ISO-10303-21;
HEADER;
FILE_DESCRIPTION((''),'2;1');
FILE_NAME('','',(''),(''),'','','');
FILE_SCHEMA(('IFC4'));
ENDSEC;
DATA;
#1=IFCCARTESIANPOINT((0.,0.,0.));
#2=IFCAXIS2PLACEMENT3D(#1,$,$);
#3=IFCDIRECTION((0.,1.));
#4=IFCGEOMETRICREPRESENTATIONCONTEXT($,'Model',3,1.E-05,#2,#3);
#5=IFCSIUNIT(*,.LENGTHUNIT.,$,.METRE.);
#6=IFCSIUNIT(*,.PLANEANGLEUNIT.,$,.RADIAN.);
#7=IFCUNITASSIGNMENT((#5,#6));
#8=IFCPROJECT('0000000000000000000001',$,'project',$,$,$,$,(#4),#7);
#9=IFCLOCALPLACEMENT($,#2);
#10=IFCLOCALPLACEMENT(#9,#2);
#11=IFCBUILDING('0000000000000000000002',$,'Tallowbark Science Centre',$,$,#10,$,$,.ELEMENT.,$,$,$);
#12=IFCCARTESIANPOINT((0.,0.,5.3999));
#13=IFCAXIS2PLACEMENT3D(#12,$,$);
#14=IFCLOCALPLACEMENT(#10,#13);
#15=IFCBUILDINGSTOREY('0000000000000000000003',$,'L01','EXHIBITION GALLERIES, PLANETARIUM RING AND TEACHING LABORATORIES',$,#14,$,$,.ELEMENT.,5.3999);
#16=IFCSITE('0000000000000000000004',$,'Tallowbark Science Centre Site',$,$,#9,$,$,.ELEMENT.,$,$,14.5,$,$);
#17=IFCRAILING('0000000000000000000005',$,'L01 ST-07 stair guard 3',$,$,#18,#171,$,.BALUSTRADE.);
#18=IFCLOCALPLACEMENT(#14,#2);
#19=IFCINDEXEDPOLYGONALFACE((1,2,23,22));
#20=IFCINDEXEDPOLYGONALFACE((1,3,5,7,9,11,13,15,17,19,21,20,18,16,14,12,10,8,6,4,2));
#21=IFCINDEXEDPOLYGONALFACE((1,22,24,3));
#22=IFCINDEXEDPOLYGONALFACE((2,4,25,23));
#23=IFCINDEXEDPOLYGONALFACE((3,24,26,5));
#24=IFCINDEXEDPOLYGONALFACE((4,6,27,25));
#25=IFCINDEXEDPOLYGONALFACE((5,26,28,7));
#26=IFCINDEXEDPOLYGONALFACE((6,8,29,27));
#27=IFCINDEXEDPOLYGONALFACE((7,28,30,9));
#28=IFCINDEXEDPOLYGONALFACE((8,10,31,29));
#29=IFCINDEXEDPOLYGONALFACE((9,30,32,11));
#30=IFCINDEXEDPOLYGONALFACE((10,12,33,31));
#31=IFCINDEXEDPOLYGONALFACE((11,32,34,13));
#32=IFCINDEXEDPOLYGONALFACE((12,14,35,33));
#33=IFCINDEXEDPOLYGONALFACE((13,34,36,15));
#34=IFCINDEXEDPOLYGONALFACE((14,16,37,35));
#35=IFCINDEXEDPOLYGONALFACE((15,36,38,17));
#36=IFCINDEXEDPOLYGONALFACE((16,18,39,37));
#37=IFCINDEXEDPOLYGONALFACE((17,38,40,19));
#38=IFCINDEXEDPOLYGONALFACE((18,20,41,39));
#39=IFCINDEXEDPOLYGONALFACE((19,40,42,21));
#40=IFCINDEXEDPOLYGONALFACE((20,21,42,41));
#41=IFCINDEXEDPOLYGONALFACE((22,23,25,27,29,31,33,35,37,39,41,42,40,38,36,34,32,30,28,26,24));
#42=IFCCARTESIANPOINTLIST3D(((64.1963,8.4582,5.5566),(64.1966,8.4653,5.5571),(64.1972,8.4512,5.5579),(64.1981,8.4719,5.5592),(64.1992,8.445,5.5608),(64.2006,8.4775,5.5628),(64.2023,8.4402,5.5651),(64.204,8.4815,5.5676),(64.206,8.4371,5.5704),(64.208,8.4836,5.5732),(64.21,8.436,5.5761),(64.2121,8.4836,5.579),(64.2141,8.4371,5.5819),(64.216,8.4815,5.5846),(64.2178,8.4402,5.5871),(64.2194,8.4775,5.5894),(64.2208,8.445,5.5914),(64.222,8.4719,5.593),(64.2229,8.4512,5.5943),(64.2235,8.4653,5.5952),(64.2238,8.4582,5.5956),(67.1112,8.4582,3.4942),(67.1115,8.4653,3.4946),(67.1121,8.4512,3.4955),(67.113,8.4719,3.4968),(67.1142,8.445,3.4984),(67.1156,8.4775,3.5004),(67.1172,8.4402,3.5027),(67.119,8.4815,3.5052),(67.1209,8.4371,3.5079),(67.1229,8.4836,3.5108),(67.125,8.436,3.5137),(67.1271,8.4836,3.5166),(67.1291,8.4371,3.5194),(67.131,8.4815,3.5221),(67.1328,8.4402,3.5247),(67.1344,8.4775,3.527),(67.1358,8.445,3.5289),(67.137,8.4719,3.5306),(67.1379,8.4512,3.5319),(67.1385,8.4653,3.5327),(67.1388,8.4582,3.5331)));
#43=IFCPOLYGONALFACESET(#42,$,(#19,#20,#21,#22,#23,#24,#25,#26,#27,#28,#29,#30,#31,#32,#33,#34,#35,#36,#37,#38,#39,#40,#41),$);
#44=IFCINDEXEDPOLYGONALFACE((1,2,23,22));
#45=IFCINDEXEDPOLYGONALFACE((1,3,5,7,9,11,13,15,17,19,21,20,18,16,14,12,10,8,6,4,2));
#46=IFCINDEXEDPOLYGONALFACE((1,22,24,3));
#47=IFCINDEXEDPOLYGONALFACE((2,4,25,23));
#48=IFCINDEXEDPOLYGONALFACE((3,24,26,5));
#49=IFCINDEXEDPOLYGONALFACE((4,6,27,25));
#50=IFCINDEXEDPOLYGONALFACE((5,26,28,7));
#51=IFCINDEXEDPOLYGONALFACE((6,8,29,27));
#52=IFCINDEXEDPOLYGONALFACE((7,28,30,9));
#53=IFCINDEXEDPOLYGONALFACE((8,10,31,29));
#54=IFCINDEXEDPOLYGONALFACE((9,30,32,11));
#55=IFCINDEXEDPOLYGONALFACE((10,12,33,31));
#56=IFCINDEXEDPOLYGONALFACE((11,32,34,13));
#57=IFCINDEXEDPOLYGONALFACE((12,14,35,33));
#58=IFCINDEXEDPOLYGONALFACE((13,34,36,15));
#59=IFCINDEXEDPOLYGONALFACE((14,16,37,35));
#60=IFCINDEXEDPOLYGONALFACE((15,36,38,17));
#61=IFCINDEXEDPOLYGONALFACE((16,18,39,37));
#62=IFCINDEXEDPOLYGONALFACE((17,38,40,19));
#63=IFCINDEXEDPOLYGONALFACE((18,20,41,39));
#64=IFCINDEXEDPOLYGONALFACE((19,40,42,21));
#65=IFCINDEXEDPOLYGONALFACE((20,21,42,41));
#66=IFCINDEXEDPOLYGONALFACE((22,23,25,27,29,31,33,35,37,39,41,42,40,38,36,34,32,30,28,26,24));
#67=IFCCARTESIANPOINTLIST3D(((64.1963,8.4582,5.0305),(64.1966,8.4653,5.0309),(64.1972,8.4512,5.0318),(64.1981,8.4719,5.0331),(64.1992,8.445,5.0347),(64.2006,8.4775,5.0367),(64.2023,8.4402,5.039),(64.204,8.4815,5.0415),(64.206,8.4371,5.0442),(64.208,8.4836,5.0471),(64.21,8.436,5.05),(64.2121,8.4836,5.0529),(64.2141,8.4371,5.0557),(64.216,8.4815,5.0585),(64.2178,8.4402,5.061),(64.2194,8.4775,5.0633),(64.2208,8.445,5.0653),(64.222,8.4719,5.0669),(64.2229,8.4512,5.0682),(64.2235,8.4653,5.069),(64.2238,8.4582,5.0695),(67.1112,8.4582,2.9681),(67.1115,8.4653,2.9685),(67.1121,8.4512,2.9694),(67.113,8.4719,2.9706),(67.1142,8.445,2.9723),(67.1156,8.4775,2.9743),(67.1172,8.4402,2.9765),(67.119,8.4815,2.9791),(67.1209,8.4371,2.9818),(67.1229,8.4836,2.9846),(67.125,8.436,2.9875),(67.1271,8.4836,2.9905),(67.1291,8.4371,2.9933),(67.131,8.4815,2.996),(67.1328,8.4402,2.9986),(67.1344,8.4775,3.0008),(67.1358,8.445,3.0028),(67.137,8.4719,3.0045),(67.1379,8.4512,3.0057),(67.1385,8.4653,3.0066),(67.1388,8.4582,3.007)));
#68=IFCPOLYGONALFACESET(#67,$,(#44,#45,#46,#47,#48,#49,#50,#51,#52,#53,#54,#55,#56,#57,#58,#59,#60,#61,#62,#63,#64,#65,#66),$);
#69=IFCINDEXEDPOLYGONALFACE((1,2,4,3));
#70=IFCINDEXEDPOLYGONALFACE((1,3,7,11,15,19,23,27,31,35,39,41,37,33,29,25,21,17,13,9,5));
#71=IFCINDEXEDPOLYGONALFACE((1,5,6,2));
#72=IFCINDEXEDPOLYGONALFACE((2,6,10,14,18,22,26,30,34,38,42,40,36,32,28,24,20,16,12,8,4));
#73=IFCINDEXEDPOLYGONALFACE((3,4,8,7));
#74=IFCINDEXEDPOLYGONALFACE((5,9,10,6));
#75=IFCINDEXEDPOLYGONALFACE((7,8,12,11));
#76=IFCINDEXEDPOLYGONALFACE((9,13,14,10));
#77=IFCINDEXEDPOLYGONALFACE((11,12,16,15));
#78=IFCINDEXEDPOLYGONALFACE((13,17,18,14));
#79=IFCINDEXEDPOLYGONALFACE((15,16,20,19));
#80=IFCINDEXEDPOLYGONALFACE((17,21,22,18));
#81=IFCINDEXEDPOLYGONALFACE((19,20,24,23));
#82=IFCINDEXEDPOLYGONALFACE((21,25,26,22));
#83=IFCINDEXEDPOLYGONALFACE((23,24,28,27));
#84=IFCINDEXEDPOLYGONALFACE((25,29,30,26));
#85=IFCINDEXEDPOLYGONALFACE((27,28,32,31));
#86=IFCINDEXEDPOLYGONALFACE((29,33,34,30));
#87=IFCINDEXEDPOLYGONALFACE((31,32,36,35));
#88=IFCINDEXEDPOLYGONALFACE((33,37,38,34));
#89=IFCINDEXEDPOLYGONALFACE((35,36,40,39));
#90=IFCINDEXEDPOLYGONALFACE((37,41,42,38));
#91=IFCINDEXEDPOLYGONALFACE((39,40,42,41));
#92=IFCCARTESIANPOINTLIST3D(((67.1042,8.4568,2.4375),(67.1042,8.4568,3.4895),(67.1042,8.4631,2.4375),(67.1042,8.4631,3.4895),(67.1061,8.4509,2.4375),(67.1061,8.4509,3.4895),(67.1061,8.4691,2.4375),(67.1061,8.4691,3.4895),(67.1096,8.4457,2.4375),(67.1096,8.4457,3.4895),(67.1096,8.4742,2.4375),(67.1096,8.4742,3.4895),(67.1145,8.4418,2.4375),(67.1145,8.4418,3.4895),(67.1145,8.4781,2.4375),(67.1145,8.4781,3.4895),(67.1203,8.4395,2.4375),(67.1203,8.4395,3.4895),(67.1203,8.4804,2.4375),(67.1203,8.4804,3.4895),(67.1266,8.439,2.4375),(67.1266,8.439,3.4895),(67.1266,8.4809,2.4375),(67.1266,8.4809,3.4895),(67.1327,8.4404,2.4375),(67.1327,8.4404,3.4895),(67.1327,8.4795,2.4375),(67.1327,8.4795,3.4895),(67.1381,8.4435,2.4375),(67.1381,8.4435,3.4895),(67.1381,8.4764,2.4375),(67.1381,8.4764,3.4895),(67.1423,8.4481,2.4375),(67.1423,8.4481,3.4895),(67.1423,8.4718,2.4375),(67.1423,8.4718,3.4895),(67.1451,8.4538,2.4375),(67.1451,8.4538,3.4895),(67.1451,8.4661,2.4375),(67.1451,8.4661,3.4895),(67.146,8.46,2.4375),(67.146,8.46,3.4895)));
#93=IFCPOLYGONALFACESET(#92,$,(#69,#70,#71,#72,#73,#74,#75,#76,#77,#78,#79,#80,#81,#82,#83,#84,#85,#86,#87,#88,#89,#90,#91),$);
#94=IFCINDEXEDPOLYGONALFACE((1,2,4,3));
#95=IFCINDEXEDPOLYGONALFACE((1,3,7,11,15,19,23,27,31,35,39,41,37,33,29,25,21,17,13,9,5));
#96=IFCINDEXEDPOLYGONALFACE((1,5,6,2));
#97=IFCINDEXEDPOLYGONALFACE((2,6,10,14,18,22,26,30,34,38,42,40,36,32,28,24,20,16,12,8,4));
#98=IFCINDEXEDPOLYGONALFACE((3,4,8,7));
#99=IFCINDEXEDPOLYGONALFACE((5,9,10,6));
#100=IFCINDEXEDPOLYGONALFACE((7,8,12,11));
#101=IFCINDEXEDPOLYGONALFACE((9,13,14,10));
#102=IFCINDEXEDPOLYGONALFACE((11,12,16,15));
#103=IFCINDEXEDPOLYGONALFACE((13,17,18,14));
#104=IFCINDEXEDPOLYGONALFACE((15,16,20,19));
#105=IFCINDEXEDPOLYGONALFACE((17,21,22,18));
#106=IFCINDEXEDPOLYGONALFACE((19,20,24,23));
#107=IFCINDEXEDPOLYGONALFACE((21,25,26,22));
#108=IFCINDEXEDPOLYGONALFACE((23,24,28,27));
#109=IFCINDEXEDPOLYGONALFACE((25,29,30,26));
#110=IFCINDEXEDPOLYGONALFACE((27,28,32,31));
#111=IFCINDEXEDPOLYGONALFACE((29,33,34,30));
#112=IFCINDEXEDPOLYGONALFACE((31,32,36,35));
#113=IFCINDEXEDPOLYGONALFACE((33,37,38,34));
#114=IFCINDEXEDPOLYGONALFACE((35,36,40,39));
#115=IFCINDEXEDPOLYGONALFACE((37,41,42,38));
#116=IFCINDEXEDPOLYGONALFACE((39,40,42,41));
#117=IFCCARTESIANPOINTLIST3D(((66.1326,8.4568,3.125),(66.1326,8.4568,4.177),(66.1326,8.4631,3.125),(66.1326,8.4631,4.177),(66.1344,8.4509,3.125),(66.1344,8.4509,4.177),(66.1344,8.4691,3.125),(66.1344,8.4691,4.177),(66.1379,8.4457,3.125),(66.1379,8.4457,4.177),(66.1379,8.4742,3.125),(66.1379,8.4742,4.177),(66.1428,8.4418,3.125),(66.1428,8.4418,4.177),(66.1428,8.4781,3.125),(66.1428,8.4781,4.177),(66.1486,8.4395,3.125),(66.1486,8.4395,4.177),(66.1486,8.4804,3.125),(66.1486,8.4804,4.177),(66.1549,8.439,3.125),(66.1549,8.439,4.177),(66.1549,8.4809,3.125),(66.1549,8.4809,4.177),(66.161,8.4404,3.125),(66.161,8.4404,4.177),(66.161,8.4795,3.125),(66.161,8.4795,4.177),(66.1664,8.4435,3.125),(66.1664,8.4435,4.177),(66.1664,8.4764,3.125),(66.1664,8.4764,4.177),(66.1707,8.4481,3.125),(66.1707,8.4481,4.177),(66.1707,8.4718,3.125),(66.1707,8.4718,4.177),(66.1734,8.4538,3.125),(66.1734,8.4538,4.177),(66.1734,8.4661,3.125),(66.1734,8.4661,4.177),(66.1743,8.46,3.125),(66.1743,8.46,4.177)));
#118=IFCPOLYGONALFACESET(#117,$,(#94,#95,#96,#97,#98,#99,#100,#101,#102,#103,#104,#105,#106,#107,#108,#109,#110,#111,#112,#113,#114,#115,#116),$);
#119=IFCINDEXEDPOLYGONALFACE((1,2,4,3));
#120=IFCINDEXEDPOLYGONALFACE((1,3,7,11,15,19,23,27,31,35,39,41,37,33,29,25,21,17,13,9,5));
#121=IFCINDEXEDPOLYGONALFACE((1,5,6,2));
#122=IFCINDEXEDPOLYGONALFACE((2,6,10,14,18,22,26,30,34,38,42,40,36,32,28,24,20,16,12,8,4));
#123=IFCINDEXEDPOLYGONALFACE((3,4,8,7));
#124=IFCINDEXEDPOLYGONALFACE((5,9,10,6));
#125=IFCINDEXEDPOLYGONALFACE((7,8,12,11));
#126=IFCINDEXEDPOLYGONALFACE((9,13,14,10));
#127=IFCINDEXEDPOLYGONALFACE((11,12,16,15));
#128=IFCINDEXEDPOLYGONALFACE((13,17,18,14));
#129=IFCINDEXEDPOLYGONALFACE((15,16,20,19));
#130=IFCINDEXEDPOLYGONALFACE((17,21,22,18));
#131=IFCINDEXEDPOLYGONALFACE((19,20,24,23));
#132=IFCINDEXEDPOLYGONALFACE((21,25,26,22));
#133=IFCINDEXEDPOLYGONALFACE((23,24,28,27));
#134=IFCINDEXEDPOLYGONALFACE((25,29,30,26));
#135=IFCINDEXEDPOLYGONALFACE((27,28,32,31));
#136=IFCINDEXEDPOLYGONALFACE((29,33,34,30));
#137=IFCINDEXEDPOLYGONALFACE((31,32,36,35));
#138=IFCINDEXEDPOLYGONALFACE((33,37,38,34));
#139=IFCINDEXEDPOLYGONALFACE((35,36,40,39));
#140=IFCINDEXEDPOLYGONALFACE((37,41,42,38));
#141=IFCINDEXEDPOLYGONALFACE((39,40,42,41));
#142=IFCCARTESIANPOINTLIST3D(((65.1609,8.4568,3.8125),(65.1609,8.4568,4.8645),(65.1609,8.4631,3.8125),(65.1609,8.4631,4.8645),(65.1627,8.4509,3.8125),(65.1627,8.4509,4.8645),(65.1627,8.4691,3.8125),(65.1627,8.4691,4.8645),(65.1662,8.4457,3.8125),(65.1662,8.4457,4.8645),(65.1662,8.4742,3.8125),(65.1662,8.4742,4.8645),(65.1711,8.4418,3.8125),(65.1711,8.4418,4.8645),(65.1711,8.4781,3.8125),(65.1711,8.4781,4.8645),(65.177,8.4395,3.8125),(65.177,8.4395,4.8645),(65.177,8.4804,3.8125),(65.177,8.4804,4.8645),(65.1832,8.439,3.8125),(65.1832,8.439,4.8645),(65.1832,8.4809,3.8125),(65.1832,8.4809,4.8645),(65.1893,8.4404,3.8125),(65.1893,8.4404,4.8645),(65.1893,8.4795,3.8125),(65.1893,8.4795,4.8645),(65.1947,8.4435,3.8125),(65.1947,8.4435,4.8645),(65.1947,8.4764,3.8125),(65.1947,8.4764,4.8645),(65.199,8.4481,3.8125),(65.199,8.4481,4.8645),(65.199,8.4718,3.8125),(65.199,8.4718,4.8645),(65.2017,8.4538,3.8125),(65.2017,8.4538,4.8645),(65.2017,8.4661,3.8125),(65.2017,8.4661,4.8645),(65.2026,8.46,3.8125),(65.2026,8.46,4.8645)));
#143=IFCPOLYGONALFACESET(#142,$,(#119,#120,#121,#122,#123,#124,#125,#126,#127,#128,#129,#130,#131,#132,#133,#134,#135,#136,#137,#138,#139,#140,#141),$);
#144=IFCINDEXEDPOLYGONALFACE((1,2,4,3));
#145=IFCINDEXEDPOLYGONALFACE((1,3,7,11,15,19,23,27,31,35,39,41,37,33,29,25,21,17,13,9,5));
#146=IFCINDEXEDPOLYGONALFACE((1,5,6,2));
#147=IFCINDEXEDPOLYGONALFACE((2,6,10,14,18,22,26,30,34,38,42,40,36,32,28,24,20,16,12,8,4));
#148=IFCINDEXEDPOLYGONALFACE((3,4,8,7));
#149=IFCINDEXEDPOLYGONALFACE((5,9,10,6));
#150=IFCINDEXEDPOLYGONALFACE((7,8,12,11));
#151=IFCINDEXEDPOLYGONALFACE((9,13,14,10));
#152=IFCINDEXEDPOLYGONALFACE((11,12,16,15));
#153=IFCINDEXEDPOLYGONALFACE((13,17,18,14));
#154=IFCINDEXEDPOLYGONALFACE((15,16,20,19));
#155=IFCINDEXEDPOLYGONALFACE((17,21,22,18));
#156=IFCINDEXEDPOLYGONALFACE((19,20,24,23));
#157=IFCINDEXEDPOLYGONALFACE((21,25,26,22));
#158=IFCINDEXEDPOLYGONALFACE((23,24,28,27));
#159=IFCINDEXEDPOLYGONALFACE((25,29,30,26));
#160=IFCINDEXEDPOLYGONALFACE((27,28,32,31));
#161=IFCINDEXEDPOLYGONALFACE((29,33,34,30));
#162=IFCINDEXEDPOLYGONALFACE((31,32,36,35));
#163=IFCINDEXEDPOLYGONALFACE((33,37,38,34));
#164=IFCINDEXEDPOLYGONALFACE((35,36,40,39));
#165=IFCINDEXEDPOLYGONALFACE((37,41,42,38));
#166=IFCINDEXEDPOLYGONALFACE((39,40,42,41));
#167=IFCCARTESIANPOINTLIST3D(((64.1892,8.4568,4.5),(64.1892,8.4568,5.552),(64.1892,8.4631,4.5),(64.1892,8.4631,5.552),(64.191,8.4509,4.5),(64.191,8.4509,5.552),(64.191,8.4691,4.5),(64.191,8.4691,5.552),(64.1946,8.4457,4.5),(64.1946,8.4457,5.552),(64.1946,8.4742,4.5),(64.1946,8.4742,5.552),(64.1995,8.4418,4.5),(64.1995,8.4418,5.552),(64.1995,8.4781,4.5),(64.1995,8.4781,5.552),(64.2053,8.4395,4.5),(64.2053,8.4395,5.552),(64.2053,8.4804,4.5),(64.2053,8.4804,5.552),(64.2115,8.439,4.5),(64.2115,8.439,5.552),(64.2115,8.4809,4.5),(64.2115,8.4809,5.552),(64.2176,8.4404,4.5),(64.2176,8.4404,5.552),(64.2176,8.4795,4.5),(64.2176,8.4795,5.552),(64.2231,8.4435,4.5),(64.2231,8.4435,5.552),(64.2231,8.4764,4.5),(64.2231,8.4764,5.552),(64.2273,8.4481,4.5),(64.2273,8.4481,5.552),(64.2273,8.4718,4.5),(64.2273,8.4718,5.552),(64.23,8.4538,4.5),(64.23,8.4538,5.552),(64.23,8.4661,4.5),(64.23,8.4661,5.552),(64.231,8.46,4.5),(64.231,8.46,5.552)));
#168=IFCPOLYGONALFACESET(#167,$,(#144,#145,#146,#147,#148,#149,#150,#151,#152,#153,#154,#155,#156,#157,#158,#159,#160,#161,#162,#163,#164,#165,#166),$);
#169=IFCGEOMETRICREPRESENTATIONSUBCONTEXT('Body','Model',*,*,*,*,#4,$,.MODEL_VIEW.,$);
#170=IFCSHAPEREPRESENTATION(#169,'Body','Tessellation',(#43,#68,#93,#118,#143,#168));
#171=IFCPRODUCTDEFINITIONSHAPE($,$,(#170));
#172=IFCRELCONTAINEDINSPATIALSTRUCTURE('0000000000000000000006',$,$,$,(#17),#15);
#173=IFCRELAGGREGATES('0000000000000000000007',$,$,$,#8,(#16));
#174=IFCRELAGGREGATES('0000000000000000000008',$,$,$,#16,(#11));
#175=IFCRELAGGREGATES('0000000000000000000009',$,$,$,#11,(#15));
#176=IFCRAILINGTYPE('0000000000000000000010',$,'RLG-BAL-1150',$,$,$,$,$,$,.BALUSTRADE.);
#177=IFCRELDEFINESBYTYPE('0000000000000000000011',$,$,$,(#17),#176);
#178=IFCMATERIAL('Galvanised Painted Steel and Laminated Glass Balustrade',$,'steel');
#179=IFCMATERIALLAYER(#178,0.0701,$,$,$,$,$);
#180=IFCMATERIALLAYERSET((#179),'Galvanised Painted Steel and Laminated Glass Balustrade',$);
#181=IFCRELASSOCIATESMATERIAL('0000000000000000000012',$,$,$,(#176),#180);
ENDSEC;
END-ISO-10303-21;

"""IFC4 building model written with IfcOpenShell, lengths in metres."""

from ifc_helpers import new_model, si_unit, direction, frame, origin, origin_2d, place, context, subcontext, project, spatial, circle, extrude, material, layer, layer_set, type_object, element, save


model = new_model("IFC4")

# Units and contexts
model_context = context("Model", 3, precision=1e-05, world=origin(), true_north=direction((0.0, 1.0)))
body_context = subcontext(model_context, "Body", "Model", "MODEL_VIEW")
ifc_project = project(units=[si_unit("LENGTHUNIT", "METRE"), si_unit("PLANEANGLEUNIT", "RADIAN")], contexts=[model_context])

# Site, building, storey
site_placement = place(None, origin())
site = spatial("IfcSite", under=ifc_project, at=site_placement, Name="Tallowbark Science Centre Site", CompositionType="ELEMENT", RefElevation=14.5)
building_placement = place(site_placement, origin())
building = spatial("IfcBuilding", under=site, at=building_placement, Name="Tallowbark Science Centre", CompositionType="ELEMENT")
storey_placement = place(building_placement, frame((0.0, 0.0, 5.3999)))
storey = spatial("IfcBuildingStorey", under=building, at=storey_placement, Name="L01", Description="EXHIBITION GALLERIES, PLANETARIUM RING AND TEACHING LABORATORIES", CompositionType="ELEMENT", Elevation=5.3999)

# Railing
ifc_material_1 = material(Name="Galvanised Painted Steel and Laminated Glass Balustrade", Category="steel")
ifc_layer_1 = layer(ifc_material_1, 0.0701)
ifc_layer_set_1 = layer_set([ifc_layer_1], Name="Galvanised Painted Steel and Laminated Glass Balustrade")
railing_type_1 = type_object("IfcRailingType", Name="RLG-BAL-1150", PredefinedType="BALUSTRADE", material=ifc_layer_set_1)
railing_1_placement = place(storey_placement, frame((67.125, 8.46, 2.4375)))
element("IfcRailing", 1, at=railing_1_placement, inside=storey, type_object=railing_type_1, Name="L01 ST-07 stair guard 3", PredefinedType="BALUSTRADE", context=body_context, shape_type="SweptSolid", body=[
    extrude(circle(Radius=0.0239, at=origin_2d()), frame((0.0, 0.0, 1.0762), z_axis=(-0.816331, 0.0, 0.577585), x_axis=(0.0, -1.0, 0.0)), (0.0, 0.0, 1.0), 3.5708),
    extrude(circle(Radius=0.0239, at=origin_2d()), frame((0.0, 0.0, 0.55), z_axis=(-0.816331, 0.0, 0.577585), x_axis=(0.0, -1.0, 0.0)), (0.0, 0.0, 1.0), 3.5708),
    extrude(circle(Radius=0.021, at=origin_2d()), origin(), (0.0, 0.0, 1.0), 1.052),
    extrude(circle(Radius=0.021, at=origin_2d()), frame((-0.9717, 0.0, 0.6875)), (0.0, 0.0, 1.0), 1.052),
    extrude(circle(Radius=0.021, at=origin_2d()), frame((-1.9434, 0.0, 1.375)), (0.0, 0.0, 1.0), 1.052),
    extrude(circle(Radius=0.021, at=origin_2d()), frame((-2.915, 0.0, 2.0625)), (0.0, 0.0, 1.0), 1.052),
])

save(model, "model.ifc")
